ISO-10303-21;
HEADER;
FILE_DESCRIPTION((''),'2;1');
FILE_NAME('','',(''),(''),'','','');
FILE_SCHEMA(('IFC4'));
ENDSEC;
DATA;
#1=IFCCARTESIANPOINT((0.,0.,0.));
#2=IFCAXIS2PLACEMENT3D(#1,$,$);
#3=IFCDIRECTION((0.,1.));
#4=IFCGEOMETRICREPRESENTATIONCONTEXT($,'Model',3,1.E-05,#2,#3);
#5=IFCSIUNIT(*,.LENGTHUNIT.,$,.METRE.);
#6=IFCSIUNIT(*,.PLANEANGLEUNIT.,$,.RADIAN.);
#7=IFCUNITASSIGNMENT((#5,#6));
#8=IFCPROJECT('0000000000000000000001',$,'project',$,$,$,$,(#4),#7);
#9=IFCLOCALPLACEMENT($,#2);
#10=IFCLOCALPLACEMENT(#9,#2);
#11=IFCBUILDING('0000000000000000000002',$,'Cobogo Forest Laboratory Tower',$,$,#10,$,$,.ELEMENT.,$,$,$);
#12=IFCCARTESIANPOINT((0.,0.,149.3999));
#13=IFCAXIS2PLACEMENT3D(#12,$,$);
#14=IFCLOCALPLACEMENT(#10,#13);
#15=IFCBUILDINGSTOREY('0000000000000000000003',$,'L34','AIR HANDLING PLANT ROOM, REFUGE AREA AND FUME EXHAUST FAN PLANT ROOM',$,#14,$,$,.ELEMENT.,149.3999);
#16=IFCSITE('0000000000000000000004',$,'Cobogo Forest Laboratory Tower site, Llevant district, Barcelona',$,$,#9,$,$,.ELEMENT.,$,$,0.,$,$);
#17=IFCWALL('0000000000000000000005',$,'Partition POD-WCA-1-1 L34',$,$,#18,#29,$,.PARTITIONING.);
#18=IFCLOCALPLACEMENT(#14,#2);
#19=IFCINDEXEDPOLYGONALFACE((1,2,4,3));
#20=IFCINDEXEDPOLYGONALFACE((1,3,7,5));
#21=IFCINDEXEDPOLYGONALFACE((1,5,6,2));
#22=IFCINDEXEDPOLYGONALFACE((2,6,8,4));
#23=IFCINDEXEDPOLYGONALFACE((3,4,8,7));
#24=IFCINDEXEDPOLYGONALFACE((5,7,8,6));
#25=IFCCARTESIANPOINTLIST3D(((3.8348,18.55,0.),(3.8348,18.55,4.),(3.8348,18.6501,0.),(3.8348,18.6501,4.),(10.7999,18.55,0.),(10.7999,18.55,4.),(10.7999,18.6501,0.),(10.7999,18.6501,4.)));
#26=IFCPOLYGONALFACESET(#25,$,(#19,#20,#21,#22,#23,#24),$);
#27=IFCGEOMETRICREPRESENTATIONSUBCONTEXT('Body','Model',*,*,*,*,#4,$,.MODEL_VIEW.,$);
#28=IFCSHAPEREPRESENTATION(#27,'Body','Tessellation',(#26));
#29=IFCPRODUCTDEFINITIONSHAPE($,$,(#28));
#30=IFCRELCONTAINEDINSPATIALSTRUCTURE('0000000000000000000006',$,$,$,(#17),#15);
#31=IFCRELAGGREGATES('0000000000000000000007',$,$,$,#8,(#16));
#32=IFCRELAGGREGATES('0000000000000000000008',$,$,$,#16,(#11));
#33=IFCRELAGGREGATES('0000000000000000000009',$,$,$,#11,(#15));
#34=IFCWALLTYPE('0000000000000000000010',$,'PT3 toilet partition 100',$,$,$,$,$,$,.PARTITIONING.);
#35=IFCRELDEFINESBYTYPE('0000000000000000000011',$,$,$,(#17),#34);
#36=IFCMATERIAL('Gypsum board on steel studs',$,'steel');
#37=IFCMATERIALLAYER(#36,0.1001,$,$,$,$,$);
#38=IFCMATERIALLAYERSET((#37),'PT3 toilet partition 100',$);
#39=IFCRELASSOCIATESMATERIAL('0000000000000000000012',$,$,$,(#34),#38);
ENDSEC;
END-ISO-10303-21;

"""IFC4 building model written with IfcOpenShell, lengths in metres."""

from ifc_helpers import new_model, si_unit, direction, frame, frame_2d, origin, place, context, subcontext, project, spatial, rectangle, extrude, material, layer, layer_set, type_object, element, save


model = new_model("IFC4")

# Units and contexts
model_context = context("Model", 3, precision=1e-05, world=origin(), true_north=direction((0.0, 1.0)))
body_context = subcontext(model_context, "Body", "Model", "MODEL_VIEW")
ifc_project = project(units=[si_unit("LENGTHUNIT", "METRE"), si_unit("PLANEANGLEUNIT", "RADIAN")], contexts=[model_context])

# Site, building, storey
site_placement = place(None, origin())
site = spatial("IfcSite", under=ifc_project, at=site_placement, Name="Cobogo Forest Laboratory Tower site, Llevant district, Barcelona", CompositionType="ELEMENT", RefElevation=0.0)
building_placement = place(site_placement, origin())
building = spatial("IfcBuilding", under=site, at=building_placement, Name="Cobogo Forest Laboratory Tower", CompositionType="ELEMENT")
storey_placement = place(building_placement, frame((0.0, 0.0, 149.3999)))
storey = spatial("IfcBuildingStorey", under=building, at=storey_placement, Name="L34", Description="AIR HANDLING PLANT ROOM, REFUGE AREA AND FUME EXHAUST FAN PLANT ROOM", CompositionType="ELEMENT", Elevation=149.3999)

# Wall
ifc_material_1 = material(Name="Gypsum board on steel studs", Category="steel")
ifc_layer_1 = layer(ifc_material_1, 0.1001)
ifc_layer_set_1 = layer_set([ifc_layer_1], Name="PT3 toilet partition 100")
wall_type_1 = type_object("IfcWallType", Name="PT3 toilet partition 100", PredefinedType="PARTITIONING", material=ifc_layer_set_1)
wall_1_placement = place(storey_placement, frame((3.835, 18.6001, 0.0), z_axis=(0.0, 0.0, 1.0), x_axis=(1.0, 0.0, 0.0)))
element("IfcWall", 1, at=wall_1_placement, inside=storey, type_object=wall_type_1, Name="Partition POD-WCA-1-1 L34", PredefinedType="PARTITIONING", context=body_context, shape_type="SweptSolid", body=[
    extrude(rectangle(XDim=6.9651, YDim=0.1001, at=frame_2d((3.4824, 0.0))), origin(), (0.0, 0.0, 1.0), 4.0),
])

save(model, "model.ifc")
